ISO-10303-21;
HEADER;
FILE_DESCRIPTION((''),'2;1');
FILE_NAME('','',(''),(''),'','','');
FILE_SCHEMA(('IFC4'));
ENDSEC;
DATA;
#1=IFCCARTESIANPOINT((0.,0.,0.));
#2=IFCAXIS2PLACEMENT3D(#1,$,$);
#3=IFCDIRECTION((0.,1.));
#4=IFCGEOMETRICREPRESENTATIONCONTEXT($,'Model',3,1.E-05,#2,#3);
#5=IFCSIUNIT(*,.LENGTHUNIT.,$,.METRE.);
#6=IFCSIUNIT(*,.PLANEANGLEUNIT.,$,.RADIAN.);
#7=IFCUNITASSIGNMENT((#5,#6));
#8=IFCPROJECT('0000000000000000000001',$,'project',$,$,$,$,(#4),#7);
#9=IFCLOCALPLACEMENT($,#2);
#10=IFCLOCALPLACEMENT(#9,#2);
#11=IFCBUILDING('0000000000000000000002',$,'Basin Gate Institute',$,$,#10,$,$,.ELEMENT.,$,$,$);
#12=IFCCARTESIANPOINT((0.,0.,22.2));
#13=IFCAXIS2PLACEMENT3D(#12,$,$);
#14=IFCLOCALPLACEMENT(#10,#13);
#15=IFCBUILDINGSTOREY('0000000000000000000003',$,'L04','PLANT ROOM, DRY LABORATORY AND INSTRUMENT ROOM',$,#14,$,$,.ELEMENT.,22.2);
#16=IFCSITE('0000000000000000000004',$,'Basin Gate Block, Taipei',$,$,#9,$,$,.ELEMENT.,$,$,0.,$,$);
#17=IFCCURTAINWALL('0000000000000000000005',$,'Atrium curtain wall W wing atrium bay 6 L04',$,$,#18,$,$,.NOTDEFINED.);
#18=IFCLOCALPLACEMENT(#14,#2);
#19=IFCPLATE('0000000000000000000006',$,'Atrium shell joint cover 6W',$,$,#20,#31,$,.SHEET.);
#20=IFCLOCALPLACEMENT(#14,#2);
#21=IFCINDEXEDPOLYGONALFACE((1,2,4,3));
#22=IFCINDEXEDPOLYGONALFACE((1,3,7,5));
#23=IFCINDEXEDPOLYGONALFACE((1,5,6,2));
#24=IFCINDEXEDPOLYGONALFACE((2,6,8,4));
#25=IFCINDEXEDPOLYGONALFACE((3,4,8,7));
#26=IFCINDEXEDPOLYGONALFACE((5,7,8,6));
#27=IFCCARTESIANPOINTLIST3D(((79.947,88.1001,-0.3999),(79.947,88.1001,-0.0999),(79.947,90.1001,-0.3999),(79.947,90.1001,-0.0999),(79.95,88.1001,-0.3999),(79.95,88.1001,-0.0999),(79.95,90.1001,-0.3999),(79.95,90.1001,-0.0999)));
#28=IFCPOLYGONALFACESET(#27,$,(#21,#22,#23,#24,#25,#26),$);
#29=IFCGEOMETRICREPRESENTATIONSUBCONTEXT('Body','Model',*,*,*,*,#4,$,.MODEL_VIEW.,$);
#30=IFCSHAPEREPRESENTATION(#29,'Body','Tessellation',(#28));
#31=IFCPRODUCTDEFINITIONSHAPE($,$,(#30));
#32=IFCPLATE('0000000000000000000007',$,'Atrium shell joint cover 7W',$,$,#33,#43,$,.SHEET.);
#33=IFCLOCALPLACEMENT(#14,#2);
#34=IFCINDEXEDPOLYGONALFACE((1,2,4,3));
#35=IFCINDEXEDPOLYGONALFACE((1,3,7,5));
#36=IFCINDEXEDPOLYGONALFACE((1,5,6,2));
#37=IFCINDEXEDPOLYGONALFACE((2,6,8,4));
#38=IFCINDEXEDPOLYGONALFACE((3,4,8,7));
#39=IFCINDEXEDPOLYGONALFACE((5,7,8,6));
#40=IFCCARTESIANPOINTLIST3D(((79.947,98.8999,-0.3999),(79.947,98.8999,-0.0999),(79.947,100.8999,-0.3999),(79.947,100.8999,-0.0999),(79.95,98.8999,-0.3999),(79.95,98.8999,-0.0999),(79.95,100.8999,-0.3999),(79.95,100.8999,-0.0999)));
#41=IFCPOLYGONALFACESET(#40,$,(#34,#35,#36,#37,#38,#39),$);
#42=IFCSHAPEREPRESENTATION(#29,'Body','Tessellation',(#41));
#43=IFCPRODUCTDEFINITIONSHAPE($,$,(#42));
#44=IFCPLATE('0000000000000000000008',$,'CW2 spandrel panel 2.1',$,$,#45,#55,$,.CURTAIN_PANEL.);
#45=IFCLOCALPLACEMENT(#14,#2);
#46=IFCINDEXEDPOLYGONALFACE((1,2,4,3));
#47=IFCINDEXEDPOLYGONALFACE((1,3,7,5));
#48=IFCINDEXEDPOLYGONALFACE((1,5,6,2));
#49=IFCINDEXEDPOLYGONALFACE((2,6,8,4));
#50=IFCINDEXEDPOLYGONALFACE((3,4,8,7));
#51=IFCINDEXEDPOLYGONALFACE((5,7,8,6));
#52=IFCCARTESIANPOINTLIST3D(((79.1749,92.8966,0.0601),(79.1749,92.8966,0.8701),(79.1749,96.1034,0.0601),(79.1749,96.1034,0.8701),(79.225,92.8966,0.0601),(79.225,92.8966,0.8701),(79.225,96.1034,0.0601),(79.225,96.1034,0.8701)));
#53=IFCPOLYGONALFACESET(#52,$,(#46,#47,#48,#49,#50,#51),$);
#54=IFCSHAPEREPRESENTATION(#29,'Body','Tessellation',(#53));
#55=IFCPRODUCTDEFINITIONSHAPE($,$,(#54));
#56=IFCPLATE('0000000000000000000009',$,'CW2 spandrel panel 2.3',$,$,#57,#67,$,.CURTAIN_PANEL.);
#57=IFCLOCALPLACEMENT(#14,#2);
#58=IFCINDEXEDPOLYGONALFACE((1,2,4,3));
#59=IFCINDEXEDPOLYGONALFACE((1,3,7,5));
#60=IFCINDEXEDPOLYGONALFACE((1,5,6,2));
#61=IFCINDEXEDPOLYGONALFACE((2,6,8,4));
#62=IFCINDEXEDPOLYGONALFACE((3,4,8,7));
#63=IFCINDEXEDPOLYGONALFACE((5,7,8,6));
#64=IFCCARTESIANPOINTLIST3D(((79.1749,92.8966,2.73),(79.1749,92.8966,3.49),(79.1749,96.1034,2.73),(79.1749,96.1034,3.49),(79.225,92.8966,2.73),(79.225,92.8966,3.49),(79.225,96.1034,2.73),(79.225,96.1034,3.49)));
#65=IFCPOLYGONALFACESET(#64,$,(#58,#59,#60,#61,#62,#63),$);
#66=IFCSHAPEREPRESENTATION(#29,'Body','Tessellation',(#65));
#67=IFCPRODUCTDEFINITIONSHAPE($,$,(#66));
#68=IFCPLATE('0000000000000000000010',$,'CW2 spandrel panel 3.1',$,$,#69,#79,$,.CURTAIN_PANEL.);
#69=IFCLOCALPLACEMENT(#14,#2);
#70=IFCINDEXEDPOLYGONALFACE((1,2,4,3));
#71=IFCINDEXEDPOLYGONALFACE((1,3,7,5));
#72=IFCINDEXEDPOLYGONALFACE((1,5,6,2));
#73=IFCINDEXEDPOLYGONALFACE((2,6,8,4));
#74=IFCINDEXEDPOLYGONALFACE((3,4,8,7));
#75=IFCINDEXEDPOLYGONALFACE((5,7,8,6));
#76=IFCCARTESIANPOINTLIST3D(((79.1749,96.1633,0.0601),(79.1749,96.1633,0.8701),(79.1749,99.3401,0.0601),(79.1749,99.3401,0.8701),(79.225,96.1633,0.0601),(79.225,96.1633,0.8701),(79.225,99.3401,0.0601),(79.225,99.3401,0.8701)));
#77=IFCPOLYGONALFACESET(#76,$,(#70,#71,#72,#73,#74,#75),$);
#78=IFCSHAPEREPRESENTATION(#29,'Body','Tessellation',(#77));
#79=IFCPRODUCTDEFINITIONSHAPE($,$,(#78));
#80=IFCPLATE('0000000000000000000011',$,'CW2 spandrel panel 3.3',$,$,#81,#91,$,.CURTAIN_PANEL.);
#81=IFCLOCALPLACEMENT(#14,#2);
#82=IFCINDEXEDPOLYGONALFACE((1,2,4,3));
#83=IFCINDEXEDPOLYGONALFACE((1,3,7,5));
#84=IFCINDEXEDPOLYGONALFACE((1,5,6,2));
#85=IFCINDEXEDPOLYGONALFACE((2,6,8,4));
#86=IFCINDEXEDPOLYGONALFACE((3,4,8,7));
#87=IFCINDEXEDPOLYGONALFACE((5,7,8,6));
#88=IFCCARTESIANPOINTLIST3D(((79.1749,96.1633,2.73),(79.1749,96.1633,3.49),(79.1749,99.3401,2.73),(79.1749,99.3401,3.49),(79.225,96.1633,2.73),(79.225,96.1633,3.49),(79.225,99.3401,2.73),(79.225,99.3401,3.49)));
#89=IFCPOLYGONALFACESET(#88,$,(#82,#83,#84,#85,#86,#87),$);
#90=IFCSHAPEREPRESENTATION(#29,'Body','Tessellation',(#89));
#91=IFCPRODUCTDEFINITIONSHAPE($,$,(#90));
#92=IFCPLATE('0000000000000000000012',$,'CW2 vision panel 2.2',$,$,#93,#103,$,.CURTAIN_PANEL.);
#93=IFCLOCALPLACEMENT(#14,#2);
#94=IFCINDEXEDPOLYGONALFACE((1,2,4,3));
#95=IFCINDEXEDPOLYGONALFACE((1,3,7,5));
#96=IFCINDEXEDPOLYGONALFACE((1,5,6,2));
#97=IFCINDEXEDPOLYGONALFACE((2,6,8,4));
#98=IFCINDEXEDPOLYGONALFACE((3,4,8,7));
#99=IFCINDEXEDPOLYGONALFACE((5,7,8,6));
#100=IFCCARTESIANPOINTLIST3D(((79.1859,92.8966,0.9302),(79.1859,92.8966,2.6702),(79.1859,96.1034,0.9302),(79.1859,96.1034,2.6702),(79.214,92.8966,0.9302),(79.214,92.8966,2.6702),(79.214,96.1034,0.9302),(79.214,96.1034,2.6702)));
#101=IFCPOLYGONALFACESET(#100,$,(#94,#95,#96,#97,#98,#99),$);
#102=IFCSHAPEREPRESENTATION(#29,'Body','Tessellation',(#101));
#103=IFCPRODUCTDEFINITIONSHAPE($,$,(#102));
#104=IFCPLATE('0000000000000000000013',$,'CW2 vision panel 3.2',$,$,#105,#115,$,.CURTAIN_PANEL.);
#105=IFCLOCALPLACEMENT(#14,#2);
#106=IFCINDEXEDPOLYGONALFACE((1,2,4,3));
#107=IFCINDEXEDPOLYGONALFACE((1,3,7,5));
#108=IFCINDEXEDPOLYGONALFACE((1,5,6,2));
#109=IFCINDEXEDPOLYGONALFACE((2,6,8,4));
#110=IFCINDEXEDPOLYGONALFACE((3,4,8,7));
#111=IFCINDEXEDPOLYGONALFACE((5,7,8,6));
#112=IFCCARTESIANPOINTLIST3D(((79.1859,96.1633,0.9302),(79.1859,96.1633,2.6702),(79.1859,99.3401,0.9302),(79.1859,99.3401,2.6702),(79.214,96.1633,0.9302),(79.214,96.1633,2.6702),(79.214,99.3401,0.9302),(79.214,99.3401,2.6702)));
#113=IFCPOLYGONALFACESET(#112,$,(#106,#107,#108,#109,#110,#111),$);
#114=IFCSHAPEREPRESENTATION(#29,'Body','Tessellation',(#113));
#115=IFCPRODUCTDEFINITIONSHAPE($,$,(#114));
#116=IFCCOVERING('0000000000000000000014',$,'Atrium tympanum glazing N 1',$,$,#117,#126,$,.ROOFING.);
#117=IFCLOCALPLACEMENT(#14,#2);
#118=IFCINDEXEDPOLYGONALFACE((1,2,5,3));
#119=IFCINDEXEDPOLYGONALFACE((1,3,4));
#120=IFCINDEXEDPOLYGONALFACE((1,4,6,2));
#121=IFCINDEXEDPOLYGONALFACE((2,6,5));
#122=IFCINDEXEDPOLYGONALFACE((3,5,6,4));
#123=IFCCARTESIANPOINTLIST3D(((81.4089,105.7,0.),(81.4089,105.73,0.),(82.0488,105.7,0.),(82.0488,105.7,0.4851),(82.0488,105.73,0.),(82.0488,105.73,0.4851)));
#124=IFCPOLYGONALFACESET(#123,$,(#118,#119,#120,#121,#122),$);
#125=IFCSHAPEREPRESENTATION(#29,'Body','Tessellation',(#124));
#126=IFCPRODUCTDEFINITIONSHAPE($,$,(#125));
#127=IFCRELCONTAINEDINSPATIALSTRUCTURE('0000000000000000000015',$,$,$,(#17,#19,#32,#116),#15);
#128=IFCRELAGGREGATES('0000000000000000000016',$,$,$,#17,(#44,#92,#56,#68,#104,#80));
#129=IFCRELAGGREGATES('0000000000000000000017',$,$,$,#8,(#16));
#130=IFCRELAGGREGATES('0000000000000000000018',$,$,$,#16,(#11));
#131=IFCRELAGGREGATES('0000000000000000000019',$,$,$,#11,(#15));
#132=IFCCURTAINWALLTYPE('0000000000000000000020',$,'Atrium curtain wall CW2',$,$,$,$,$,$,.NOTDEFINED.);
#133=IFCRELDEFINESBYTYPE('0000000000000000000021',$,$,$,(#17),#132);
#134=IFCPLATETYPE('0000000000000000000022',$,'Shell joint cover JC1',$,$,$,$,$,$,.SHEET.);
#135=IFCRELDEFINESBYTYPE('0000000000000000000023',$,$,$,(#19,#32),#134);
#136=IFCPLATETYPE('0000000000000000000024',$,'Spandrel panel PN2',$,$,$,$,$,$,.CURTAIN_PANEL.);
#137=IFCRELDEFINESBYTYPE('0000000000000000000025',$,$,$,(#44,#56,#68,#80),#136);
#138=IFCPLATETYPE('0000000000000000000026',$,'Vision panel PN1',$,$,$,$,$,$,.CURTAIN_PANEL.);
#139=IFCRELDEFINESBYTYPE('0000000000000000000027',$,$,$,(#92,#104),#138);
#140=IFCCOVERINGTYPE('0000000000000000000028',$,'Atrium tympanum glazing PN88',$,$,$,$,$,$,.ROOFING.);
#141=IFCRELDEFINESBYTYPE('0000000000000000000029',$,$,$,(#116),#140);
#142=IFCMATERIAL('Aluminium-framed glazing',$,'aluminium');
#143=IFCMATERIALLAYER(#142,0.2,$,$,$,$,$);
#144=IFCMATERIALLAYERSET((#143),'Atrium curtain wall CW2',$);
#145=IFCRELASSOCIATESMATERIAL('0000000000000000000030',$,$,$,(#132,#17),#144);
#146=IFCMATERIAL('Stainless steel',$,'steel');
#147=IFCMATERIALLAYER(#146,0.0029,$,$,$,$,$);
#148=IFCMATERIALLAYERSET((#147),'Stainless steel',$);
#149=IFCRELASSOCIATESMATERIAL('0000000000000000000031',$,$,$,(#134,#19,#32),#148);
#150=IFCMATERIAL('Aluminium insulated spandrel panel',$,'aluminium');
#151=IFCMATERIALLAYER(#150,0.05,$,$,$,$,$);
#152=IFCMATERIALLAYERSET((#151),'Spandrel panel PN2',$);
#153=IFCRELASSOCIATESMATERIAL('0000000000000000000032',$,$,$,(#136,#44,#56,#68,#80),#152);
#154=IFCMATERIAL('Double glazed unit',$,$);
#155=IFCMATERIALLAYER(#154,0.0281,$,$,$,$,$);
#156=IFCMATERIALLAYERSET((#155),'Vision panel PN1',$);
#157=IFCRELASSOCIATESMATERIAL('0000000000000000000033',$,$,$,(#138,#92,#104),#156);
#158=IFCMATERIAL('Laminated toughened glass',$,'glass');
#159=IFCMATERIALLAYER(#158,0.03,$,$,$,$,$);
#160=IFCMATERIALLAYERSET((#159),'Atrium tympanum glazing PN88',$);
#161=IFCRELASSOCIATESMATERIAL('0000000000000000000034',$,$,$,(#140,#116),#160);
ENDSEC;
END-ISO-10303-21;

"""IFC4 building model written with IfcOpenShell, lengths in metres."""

from ifc_helpers import new_model, si_unit, direction, frame, origin, origin_2d, place, context, subcontext, project, spatial, polyline, rectangle, outline, extrude, material, layer, layer_set, type_object, element, aggregate, save


model = new_model("IFC4")

# Units and contexts
model_context = context("Model", 3, precision=1e-05, world=origin(), true_north=direction((0.0, 1.0)))
body_context = subcontext(model_context, "Body", "Model", "MODEL_VIEW")
ifc_project = project(units=[si_unit("LENGTHUNIT", "METRE"), si_unit("PLANEANGLEUNIT", "RADIAN")], contexts=[model_context])

# Site, building, storey
site_placement = place(None, origin())
site = spatial("IfcSite", under=ifc_project, at=site_placement, Name="Basin Gate Block, Taipei", CompositionType="ELEMENT", RefElevation=0.0)
building_placement = place(site_placement, origin())
building = spatial("IfcBuilding", under=site, at=building_placement, Name="Basin Gate Institute", CompositionType="ELEMENT")
storey_placement = place(building_placement, frame((0.0, 0.0, 22.2)))
storey = spatial("IfcBuildingStorey", under=building, at=storey_placement, Name="L04", Description="PLANT ROOM, DRY LABORATORY AND INSTRUMENT ROOM", CompositionType="ELEMENT", Elevation=22.2)

# Curtain wall
ifc_material_1 = material(Name="Aluminium-framed glazing", Category="aluminium")
ifc_layer_1 = layer(ifc_material_1, 0.2)
ifc_layer_set_1 = layer_set([ifc_layer_1], Name="Atrium curtain wall CW2")
curtain_wall_type = type_object("IfcCurtainWallType", Name="Atrium curtain wall CW2", PredefinedType="NOTDEFINED", material=ifc_layer_set_1)
curtain_wall_placement = place(storey_placement, origin())
curtain_wall = element("IfcCurtainWall", 1, at=curtain_wall_placement, inside=storey, type_object=curtain_wall_type, material=ifc_layer_set_1, Name="Atrium curtain wall W wing atrium bay 6 L04", PredefinedType="NOTDEFINED")

# Plates
ifc_material_2 = material(Name="Stainless steel", Category="steel")
ifc_layer_2 = layer(ifc_material_2, 0.0029)
ifc_layer_set_2 = layer_set([ifc_layer_2], Name="Stainless steel")
plate_type_1 = type_object("IfcPlateType", Name="Shell joint cover JC1", PredefinedType="SHEET", material=ifc_layer_set_2)
for number, where, z_axis, x_axis, name in (
    (2, (79.9485, 89.1001, -0.3999), (0.0, 0.0, 1.0), (1.0, 0.0, 0.0), "Atrium shell joint cover 6W"),
    (3, (79.9485, 99.8999, -0.3999), (0.0, 0.0, 1.0), (1.0, 0.0, 0.0), "Atrium shell joint cover 7W"),
):
    element("IfcPlate", number, at=place(storey_placement, frame(where, z_axis=z_axis, x_axis=x_axis)), inside=storey, type_object=plate_type_1, material=ifc_layer_set_2, Name=name, PredefinedType="SHEET", context=body_context, shape_type="SweptSolid", body=[
        extrude(rectangle(XDim=0.0029, YDim=2.0, at=origin_2d()), origin(), (0.0, 0.0, 1.0), 0.3),
    ])

# Plates
ifc_material_3 = material(Name="Aluminium insulated spandrel panel", Category="aluminium")
ifc_layer_3 = layer(ifc_material_3, 0.05)
ifc_layer_set_3 = layer_set([ifc_layer_3], Name="Spandrel panel PN2")
plate_type_2 = type_object("IfcPlateType", Name="Spandrel panel PN2", PredefinedType="CURTAIN_PANEL", material=ifc_layer_set_3)
plate_1_placement = place(storey_placement, frame((79.2, 94.5, 0.0601), z_axis=(0.0, 0.0, 1.0), x_axis=(0.0, 1.0, 0.0)))
plate_1 = element("IfcPlate", 4, at=plate_1_placement, type_object=plate_type_2, material=ifc_layer_set_3, Name="CW2 spandrel panel 2.1", PredefinedType="CURTAIN_PANEL", context=body_context, shape_type="SweptSolid", body=[
    extrude(rectangle(XDim=3.2068, YDim=0.05, at=origin_2d()), origin(), (0.0, 0.0, 1.0), 0.8101),
])
plate_2_placement = place(storey_placement, frame((79.2, 94.5, 2.73), z_axis=(0.0, 0.0, 1.0), x_axis=(0.0, 1.0, 0.0)))
plate_2 = element("IfcPlate", 5, at=plate_2_placement, type_object=plate_type_2, material=ifc_layer_set_3, Name="CW2 spandrel panel 2.3", PredefinedType="CURTAIN_PANEL", context=body_context, shape_type="SweptSolid", body=[
    extrude(rectangle(XDim=3.2068, YDim=0.05, at=origin_2d()), origin(), (0.0, 0.0, 1.0), 0.76),
])
plate_3_placement = place(storey_placement, frame((79.2, 97.7517, 0.0601), z_axis=(0.0, 0.0, 1.0), x_axis=(0.0, 1.0, 0.0)))
plate_3 = element("IfcPlate", 6, at=plate_3_placement, type_object=plate_type_2, material=ifc_layer_set_3, Name="CW2 spandrel panel 3.1", PredefinedType="CURTAIN_PANEL", context=body_context, shape_type="SweptSolid", body=[
    extrude(rectangle(XDim=3.1768, YDim=0.05, at=origin_2d()), origin(), (0.0, 0.0, 1.0), 0.8101),
])
plate_4_placement = place(storey_placement, frame((79.2, 97.7517, 2.73), z_axis=(0.0, 0.0, 1.0), x_axis=(0.0, 1.0, 0.0)))
plate_4 = element("IfcPlate", 7, at=plate_4_placement, type_object=plate_type_2, material=ifc_layer_set_3, Name="CW2 spandrel panel 3.3", PredefinedType="CURTAIN_PANEL", context=body_context, shape_type="SweptSolid", body=[
    extrude(rectangle(XDim=3.1768, YDim=0.05, at=origin_2d()), origin(), (0.0, 0.0, 1.0), 0.76),
])
ifc_material_4 = material(Name="Double glazed unit")
ifc_layer_4 = layer(ifc_material_4, 0.0281)
ifc_layer_set_4 = layer_set([ifc_layer_4], Name="Vision panel PN1")
plate_type_3 = type_object("IfcPlateType", Name="Vision panel PN1", PredefinedType="CURTAIN_PANEL", material=ifc_layer_set_4)
plate_5_placement = place(storey_placement, frame((79.2, 94.5, 0.9302), z_axis=(0.0, 0.0, 1.0), x_axis=(0.0, 1.0, 0.0)))
plate_5 = element("IfcPlate", 8, at=plate_5_placement, type_object=plate_type_3, material=ifc_layer_set_4, Name="CW2 vision panel 2.2", PredefinedType="CURTAIN_PANEL", context=body_context, shape_type="SweptSolid", body=[
    extrude(rectangle(XDim=3.2068, YDim=0.0281, at=origin_2d()), origin(), (0.0, 0.0, 1.0), 1.74),
])
plate_6_placement = place(storey_placement, frame((79.2, 97.7517, 0.9302), z_axis=(0.0, 0.0, 1.0), x_axis=(0.0, 1.0, 0.0)))
plate_6 = element("IfcPlate", 9, at=plate_6_placement, type_object=plate_type_3, material=ifc_layer_set_4, Name="CW2 vision panel 3.2", PredefinedType="CURTAIN_PANEL", context=body_context, shape_type="SweptSolid", body=[
    extrude(rectangle(XDim=3.1768, YDim=0.0281, at=origin_2d()), origin(), (0.0, 0.0, 1.0), 1.74),
])
aggregate(curtain_wall, [plate_1, plate_5, plate_2, plate_3, plate_6, plate_4])

# Covering
ifc_material_5 = material(Name="Laminated toughened glass", Category="glass")
ifc_layer_5 = layer(ifc_material_5, 0.03)
ifc_layer_set_5 = layer_set([ifc_layer_5], Name="Atrium tympanum glazing PN88")
covering_type = type_object("IfcCoveringType", Name="Atrium tympanum glazing PN88", PredefinedType="ROOFING", material=ifc_layer_set_5)
covering_placement = place(storey_placement, frame((81.4089, 105.7, 0.0), z_axis=(0.0, -1.0, 0.0), x_axis=(1.0, 0.0, 0.0)))
element("IfcCovering", 10, at=covering_placement, inside=storey, type_object=covering_type, material=ifc_layer_set_5, Name="Atrium tympanum glazing N 1", PredefinedType="ROOFING", context=body_context, shape_type="SweptSolid", body=[
    extrude(outline(polyline([(0.0, 0.0), (0.6399, 0.0), (0.6399, 0.4851), (0.0, 0.0)])), origin(), (0.0, 0.0, -1.0), 0.03),
])

save(model, "model.ifc")
